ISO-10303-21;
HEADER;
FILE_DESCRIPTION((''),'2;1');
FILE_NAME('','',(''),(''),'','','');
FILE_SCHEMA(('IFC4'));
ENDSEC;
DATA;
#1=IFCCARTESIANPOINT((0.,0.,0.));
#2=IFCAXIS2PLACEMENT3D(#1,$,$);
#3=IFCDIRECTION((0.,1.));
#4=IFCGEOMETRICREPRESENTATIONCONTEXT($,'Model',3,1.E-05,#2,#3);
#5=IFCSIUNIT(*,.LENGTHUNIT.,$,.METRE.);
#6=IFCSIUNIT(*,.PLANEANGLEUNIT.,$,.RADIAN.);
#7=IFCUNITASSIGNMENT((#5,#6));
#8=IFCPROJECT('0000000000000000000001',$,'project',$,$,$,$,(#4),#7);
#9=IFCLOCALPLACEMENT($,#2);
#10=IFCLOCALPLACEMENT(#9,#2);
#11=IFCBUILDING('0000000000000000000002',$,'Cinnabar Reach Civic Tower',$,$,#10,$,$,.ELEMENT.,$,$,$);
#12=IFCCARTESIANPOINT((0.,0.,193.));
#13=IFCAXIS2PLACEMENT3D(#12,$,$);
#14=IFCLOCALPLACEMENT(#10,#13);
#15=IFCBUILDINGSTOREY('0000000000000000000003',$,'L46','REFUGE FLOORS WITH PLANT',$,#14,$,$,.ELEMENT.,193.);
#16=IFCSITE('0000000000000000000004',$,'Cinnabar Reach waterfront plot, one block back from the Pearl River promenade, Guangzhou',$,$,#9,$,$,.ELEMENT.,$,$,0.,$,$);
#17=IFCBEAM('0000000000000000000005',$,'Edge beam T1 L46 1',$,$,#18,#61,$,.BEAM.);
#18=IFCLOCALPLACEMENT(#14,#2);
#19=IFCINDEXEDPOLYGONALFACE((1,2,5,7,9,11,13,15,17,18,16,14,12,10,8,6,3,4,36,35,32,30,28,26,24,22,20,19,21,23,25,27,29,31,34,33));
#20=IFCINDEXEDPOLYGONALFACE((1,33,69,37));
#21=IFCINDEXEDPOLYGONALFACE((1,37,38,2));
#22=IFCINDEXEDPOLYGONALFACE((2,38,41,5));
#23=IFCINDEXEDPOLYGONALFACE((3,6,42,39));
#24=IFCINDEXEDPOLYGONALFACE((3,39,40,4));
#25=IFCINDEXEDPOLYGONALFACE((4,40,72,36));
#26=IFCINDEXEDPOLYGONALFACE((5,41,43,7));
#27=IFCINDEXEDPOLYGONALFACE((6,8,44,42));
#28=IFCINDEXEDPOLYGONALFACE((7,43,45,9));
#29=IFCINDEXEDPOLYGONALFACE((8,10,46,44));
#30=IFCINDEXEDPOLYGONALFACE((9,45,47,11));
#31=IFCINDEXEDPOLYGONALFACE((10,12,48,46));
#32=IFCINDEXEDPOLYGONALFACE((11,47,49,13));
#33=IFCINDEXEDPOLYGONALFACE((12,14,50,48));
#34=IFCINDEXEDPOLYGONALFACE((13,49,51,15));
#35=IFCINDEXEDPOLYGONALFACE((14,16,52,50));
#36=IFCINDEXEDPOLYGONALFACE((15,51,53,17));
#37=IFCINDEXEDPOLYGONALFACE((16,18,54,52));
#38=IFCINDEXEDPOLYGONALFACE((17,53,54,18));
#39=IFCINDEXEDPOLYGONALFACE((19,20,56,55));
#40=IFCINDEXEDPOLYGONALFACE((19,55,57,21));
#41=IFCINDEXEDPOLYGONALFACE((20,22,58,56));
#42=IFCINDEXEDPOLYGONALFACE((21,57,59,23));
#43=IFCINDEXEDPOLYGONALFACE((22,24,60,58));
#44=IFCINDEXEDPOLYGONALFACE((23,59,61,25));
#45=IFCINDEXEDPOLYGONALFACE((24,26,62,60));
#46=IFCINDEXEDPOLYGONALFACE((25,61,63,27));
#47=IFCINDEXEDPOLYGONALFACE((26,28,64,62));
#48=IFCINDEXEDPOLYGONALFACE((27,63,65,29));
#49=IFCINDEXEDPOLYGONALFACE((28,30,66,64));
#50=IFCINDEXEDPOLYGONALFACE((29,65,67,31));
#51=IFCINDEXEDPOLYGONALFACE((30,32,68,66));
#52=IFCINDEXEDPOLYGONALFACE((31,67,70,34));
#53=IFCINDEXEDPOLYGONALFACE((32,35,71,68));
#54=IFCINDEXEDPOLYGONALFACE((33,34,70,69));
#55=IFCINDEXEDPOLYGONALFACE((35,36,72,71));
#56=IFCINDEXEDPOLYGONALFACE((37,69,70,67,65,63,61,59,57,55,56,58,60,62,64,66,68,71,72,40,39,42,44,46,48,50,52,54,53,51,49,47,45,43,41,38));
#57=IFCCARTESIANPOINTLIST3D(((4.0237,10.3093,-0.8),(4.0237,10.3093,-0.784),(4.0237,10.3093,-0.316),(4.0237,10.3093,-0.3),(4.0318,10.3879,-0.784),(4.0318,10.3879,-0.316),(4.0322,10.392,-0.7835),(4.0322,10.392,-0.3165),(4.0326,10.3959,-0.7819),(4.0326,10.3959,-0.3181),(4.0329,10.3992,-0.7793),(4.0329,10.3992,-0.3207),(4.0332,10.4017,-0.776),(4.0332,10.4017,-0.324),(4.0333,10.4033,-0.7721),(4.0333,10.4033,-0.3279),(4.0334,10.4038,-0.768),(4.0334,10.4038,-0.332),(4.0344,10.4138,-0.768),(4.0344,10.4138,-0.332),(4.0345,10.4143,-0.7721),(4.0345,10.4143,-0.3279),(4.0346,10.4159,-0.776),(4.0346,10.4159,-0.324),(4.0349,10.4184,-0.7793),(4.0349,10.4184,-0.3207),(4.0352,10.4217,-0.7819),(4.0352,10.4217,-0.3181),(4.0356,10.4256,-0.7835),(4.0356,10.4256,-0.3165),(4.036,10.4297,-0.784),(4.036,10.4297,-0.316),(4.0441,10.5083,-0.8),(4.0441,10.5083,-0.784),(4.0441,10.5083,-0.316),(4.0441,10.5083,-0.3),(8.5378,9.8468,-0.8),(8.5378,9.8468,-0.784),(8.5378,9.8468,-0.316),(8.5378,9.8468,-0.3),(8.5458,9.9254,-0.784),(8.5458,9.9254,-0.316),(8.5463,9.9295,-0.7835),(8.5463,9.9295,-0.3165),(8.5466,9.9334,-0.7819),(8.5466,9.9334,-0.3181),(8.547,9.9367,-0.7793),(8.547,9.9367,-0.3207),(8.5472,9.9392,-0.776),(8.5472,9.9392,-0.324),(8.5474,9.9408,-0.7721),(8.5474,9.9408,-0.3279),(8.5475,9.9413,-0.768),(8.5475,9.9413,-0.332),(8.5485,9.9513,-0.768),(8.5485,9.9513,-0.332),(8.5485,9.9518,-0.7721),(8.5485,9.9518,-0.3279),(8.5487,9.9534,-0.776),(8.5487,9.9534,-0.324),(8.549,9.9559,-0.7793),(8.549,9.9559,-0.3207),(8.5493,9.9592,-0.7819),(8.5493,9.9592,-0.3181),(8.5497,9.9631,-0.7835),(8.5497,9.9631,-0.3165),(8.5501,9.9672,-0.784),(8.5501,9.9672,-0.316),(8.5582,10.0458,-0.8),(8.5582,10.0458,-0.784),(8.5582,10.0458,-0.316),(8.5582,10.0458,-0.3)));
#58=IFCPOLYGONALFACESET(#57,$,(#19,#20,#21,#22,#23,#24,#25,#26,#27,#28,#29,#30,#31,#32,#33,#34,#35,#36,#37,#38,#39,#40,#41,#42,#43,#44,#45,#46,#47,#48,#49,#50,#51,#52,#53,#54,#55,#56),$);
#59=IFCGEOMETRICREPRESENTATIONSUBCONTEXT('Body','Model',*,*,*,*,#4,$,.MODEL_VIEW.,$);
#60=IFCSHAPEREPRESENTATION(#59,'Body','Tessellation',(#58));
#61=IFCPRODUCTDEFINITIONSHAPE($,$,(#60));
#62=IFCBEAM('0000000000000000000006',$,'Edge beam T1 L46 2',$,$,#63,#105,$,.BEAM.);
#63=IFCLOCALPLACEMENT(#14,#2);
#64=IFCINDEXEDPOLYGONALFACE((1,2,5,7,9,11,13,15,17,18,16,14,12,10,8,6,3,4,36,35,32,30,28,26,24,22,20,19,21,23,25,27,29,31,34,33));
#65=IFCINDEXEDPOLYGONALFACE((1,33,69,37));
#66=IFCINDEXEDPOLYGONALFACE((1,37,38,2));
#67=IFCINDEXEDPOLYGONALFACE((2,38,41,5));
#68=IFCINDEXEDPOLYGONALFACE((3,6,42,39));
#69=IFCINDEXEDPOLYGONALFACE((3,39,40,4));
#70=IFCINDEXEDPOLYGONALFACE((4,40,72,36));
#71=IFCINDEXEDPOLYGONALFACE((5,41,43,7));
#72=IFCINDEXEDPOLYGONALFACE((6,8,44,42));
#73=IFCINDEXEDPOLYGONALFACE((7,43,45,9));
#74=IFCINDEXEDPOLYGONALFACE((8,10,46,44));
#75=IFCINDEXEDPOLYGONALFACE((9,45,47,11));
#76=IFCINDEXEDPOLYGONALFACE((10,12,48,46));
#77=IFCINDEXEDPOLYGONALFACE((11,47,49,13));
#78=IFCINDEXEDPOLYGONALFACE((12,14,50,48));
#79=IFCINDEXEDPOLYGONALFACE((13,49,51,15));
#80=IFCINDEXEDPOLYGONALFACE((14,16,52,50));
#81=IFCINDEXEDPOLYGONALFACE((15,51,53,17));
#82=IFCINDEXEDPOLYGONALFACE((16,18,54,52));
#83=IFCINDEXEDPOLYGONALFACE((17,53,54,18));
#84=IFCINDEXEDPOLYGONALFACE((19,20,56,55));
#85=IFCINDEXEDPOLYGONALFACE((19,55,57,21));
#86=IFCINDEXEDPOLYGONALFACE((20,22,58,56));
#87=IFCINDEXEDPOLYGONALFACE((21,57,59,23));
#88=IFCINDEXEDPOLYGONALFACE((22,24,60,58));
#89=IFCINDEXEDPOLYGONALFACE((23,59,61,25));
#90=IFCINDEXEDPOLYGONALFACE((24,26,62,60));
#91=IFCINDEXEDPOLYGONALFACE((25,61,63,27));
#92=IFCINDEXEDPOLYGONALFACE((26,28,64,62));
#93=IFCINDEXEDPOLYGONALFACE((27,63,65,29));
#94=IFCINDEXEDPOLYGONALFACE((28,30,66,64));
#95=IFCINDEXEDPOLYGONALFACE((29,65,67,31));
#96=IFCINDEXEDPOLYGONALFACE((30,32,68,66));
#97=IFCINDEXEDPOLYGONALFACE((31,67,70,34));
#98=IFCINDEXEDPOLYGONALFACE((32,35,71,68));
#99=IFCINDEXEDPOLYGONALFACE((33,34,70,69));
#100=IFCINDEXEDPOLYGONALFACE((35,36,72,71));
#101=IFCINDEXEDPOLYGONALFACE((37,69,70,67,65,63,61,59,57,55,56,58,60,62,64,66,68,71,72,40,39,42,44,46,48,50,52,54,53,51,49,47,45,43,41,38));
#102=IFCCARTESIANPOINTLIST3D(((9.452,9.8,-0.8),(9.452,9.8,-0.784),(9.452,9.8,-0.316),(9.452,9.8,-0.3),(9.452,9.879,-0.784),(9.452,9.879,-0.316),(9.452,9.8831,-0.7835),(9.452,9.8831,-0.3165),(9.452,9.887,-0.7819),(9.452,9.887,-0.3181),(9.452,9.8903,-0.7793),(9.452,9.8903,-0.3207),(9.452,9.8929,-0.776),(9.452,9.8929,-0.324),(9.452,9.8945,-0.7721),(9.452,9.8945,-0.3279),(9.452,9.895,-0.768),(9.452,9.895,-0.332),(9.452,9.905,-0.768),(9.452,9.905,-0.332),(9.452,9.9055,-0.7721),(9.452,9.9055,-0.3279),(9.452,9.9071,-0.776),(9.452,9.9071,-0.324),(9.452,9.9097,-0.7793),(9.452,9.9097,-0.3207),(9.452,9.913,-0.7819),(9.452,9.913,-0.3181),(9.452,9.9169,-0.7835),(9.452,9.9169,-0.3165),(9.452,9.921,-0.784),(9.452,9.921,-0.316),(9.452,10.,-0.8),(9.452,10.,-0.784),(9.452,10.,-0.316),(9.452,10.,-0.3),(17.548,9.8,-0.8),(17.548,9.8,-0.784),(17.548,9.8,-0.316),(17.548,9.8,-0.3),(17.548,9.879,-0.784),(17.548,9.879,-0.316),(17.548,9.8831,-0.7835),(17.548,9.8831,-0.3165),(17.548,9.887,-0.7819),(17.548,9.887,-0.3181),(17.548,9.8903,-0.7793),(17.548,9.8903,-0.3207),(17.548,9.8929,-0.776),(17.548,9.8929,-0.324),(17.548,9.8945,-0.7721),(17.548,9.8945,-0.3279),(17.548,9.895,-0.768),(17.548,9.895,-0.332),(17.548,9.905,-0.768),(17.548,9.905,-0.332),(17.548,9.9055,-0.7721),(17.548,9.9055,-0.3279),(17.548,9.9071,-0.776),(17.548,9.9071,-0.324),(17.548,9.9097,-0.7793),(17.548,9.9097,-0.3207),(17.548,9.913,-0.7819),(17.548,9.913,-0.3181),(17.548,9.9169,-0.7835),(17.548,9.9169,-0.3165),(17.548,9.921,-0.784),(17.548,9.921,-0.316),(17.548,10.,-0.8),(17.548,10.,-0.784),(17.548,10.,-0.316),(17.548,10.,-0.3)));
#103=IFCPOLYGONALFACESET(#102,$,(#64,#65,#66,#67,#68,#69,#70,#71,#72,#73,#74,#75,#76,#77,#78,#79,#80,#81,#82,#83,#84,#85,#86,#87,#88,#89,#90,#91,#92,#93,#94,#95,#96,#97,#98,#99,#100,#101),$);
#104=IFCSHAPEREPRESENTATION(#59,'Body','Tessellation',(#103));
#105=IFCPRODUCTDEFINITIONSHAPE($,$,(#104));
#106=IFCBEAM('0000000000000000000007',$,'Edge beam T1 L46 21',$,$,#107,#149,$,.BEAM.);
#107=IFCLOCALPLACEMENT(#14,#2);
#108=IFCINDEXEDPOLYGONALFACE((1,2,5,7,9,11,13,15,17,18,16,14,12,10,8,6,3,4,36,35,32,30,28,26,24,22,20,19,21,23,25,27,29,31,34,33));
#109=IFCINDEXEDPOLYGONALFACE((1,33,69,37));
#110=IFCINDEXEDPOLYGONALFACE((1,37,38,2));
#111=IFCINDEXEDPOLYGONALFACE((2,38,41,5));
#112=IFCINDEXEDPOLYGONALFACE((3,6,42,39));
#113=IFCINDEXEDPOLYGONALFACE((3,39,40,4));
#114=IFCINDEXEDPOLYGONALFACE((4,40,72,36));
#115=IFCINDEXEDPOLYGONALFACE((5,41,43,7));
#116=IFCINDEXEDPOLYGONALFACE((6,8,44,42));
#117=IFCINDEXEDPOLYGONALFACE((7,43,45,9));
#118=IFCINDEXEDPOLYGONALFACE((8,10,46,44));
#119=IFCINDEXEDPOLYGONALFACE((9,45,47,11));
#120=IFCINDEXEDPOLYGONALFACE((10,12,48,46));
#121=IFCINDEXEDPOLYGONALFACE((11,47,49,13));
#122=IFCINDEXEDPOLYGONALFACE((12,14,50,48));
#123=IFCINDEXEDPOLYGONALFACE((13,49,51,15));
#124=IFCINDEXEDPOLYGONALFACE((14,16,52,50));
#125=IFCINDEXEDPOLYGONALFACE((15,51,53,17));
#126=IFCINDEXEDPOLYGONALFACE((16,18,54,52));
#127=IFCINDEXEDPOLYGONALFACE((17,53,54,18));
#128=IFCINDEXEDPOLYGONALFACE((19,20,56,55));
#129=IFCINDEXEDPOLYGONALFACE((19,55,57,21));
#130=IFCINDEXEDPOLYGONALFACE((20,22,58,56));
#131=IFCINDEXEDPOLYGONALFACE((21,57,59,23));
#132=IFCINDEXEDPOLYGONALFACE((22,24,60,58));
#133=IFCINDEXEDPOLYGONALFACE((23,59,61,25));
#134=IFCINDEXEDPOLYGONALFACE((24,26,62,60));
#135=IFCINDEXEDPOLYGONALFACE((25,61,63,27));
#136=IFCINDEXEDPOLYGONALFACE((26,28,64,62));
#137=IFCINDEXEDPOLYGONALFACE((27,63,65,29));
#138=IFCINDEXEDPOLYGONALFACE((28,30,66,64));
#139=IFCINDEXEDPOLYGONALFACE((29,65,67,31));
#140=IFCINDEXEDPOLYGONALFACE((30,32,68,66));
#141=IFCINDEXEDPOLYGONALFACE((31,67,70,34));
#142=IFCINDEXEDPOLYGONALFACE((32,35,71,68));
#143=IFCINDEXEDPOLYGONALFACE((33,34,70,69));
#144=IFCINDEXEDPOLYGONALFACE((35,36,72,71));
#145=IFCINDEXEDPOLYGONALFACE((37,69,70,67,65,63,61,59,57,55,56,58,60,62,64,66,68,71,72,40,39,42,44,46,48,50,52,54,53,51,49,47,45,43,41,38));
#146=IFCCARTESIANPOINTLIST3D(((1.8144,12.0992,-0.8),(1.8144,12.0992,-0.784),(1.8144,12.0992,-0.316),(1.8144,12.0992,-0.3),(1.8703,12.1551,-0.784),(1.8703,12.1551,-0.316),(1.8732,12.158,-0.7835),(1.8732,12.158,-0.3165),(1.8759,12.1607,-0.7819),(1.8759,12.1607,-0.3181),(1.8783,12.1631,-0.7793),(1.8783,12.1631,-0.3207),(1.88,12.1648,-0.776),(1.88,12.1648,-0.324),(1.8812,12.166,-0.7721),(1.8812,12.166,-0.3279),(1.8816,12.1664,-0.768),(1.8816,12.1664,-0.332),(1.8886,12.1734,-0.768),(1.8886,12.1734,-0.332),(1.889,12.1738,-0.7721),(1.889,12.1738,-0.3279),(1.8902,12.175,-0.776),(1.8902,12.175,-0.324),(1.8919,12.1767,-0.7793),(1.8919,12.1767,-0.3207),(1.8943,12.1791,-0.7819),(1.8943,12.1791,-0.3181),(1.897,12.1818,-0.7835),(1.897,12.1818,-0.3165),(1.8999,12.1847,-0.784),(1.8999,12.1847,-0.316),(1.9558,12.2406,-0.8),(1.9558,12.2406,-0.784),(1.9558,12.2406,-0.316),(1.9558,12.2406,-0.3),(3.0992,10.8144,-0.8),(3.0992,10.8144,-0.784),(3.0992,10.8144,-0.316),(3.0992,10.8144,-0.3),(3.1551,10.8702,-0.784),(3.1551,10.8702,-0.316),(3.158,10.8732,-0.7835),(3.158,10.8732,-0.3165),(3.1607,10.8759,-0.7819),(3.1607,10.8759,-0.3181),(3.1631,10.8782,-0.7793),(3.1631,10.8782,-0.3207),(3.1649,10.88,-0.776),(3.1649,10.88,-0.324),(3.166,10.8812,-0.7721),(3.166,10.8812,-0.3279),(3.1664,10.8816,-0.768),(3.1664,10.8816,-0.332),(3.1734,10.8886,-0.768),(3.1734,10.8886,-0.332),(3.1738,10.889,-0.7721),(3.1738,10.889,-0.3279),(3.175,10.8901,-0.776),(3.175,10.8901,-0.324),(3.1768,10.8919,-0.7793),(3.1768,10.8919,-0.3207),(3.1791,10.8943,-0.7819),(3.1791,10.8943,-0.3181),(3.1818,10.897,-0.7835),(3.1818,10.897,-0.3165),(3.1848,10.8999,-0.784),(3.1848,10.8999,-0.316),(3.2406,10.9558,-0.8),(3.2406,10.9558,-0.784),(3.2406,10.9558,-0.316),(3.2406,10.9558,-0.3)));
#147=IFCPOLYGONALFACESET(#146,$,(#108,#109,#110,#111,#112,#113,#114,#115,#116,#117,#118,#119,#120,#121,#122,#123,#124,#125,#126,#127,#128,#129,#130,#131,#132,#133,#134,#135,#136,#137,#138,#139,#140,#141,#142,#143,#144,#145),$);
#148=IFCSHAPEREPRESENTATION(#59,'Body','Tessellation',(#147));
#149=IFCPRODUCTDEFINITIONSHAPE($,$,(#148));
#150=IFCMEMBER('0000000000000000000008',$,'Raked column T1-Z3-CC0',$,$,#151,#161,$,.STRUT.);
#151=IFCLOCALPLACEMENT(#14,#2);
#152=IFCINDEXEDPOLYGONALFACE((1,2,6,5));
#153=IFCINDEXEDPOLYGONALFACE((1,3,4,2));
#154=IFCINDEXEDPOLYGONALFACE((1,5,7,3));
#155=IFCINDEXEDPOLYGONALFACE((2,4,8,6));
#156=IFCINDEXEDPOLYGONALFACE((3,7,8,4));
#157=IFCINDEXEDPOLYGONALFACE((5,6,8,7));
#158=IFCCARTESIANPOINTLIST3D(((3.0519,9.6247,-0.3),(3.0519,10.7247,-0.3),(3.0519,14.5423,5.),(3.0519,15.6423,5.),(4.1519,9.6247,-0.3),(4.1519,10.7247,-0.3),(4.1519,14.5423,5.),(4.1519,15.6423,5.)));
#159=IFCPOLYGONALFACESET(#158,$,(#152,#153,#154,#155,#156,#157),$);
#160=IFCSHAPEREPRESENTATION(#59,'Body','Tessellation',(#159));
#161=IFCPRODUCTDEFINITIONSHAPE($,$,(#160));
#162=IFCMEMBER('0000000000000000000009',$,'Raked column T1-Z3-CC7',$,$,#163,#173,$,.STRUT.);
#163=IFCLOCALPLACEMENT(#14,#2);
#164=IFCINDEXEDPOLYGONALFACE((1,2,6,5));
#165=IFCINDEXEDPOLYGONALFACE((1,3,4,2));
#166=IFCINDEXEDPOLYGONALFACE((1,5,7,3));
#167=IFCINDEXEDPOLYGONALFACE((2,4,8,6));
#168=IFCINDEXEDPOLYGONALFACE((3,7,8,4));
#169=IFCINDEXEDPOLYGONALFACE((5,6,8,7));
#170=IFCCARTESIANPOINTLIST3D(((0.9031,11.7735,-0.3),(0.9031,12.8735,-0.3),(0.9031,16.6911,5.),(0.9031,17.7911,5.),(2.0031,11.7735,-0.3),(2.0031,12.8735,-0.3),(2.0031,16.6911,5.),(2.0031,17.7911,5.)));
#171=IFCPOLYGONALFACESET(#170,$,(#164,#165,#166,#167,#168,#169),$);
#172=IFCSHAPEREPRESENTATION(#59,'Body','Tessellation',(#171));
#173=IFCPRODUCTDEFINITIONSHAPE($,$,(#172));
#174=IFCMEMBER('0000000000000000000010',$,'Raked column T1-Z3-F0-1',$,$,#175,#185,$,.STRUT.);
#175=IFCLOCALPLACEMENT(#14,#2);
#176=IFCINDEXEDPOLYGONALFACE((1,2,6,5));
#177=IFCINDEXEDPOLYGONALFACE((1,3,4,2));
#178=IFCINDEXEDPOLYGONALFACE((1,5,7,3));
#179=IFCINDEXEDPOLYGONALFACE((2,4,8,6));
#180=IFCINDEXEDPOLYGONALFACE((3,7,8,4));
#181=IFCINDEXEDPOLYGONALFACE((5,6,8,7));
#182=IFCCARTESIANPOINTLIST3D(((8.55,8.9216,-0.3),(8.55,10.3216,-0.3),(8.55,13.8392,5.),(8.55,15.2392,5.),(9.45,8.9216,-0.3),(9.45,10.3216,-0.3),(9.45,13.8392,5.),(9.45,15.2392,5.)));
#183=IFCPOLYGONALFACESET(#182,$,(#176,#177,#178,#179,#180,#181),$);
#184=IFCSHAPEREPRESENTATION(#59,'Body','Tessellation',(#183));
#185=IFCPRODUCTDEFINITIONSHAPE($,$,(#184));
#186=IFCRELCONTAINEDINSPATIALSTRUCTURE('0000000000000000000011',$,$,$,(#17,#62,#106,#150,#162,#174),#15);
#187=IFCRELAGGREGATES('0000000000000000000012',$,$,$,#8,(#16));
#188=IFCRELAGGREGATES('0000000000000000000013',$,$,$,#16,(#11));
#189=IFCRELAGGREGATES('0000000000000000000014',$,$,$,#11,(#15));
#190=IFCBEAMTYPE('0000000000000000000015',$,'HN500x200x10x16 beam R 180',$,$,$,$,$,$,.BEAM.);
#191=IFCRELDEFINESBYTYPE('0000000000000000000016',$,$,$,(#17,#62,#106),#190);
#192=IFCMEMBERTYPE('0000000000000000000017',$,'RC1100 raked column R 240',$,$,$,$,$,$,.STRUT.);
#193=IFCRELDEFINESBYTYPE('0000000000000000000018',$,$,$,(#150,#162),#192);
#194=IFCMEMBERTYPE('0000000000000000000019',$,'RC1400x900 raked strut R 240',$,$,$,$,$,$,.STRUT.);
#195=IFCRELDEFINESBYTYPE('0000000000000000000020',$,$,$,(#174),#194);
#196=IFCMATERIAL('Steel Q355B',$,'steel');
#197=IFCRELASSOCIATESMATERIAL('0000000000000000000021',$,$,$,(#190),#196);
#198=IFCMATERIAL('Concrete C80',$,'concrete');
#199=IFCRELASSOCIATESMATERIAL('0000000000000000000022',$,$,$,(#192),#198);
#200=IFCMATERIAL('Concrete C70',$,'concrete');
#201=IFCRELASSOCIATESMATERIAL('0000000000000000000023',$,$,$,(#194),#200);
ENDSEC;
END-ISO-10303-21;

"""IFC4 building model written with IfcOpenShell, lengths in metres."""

from ifc_helpers import new_model, si_unit, direction, frame, origin, origin_2d, place, context, subcontext, project, spatial, rectangle, i_section, extrude, material, material_profile, profile_set, type_object, element, save


model = new_model("IFC4")

# Units and contexts
model_context = context("Model", 3, precision=1e-05, world=origin(), true_north=direction((0.0, 1.0)))
body_context = subcontext(model_context, "Body", "Model", "MODEL_VIEW")
ifc_project = project(units=[si_unit("LENGTHUNIT", "METRE"), si_unit("PLANEANGLEUNIT", "RADIAN")], contexts=[model_context])

# Site, building, storey
site_placement = place(None, origin())
site = spatial("IfcSite", under=ifc_project, at=site_placement, Name="Cinnabar Reach waterfront plot, one block back from the Pearl River promenade, Guangzhou", CompositionType="ELEMENT", RefElevation=0.0)
building_placement = place(site_placement, origin())
building = spatial("IfcBuilding", under=site, at=building_placement, Name="Cinnabar Reach Civic Tower", CompositionType="ELEMENT")
storey_placement = place(building_placement, frame((0.0, 0.0, 193.0)))
storey = spatial("IfcBuildingStorey", under=building, at=storey_placement, Name="L46", Description="REFUGE FLOORS WITH PLANT", CompositionType="ELEMENT", Elevation=193.0)

# Shared definitions
ifc_material_1 = material(Name="Concrete C80", Category="concrete")
ifc_material_2 = material(Name="Concrete C70", Category="concrete")

# Beams
ifc_material_3 = material(Name="Steel Q355B", Category="steel")
ifc_material_profile_1 = material_profile(ifc_material_3, i_section(OverallWidth=0.2, OverallDepth=0.5, WebThickness=0.01, FlangeThickness=0.016, FilletRadius=0.016, at=origin_2d()), Name="HN500x200x10x16")
ifc_profile_set_1 = profile_set([ifc_material_profile_1], Name="Steel Q355B")
beam_type_1 = type_object("IfcBeamType", Name="HN500x200x10x16 beam R 180", PredefinedType="BEAM", material=ifc_profile_set_1)
beam_1_placement = place(storey_placement, frame((4.0339, 10.4088, -0.55), z_axis=(0.994792, -0.101923, 0.0), x_axis=(0.101923, 0.994792, 0.0)))
element("IfcBeam", 1, at=beam_1_placement, inside=storey, type_object=beam_type_1, Name="Edge beam T1 L46 1", PredefinedType="BEAM", context=body_context, shape_type="SweptSolid", body=[
    extrude(i_section(OverallWidth=0.2, OverallDepth=0.5, WebThickness=0.01, FlangeThickness=0.016, FilletRadius=0.016, at=origin_2d()), origin(), (0.0, 0.0, 1.0), 4.5377),
])
beam_2_placement = place(storey_placement, frame((9.452, 9.9, -0.55), z_axis=(1.0, 0.0, 0.0), x_axis=(0.0, 1.0, 0.0)))
element("IfcBeam", 2, at=beam_2_placement, inside=storey, type_object=beam_type_1, Name="Edge beam T1 L46 2", PredefinedType="BEAM", context=body_context, shape_type="SweptSolid", body=[
    extrude(i_section(OverallWidth=0.2, OverallDepth=0.5, WebThickness=0.01, FlangeThickness=0.016, FilletRadius=0.016, at=origin_2d()), origin(), (0.0, 0.0, 1.0), 8.096),
])
beam_3_placement = place(storey_placement, frame((1.8851, 12.1699, -0.55), z_axis=(0.707107, -0.707107, 0.0), x_axis=(0.707107, 0.707107, 0.0)))
element("IfcBeam", 3, at=beam_3_placement, inside=storey, type_object=beam_type_1, Name="Edge beam T1 L46 21", PredefinedType="BEAM", context=body_context, shape_type="SweptSolid", body=[
    extrude(i_section(OverallWidth=0.2, OverallDepth=0.5, WebThickness=0.01, FlangeThickness=0.016, FilletRadius=0.016, at=origin_2d()), origin(), (0.0, 0.0, 1.0), 1.817),
])

# Members
ifc_material_profile_2 = material_profile(ifc_material_1, rectangle(XDim=1.1, YDim=1.1, at=origin_2d()), Name="RC1100")
ifc_profile_set_2 = profile_set([ifc_material_profile_2], Name="Concrete C80")
member_type_1 = type_object("IfcMemberType", Name="RC1100 raked column R 240", PredefinedType="STRUT", material=ifc_profile_set_2)
for number, where, z_axis, x_axis, name in (
    (4, (3.6019, 10.1747, -0.3), (0.0, 0.0, 1.0), (1.0, 0.0, 0.0), "Raked column T1-Z3-CC0"),
    (5, (1.4531, 12.3235, -0.3), (0.0, 0.0, 1.0), (1.0, 0.0, 0.0), "Raked column T1-Z3-CC7"),
):
    element("IfcMember", number, at=place(storey_placement, frame(where, z_axis=z_axis, x_axis=x_axis)), inside=storey, type_object=member_type_1, Name=name, PredefinedType="STRUT", context=body_context, shape_type="SweptSolid", body=[
        extrude(rectangle(XDim=1.1, YDim=1.1, at=origin_2d()), origin(), (0.0, 0.680167, 0.733057), 7.23),
    ])
ifc_material_profile_3 = material_profile(ifc_material_2, rectangle(XDim=1.4, YDim=0.9, at=origin_2d()), Name="RC1400x900")
ifc_profile_set_3 = profile_set([ifc_material_profile_3], Name="Concrete C70")
member_type_2 = type_object("IfcMemberType", Name="RC1400x900 raked strut R 240", PredefinedType="STRUT", material=ifc_profile_set_3)
member_placement = place(storey_placement, frame((9.0, 9.6216, -0.3), z_axis=(0.0, 0.0, 1.0), x_axis=(0.0, 1.0, 0.0)))
element("IfcMember", 6, at=member_placement, inside=storey, type_object=member_type_2, Name="Raked column T1-Z3-F0-1", PredefinedType="STRUT", context=body_context, shape_type="SweptSolid", body=[
    extrude(rectangle(XDim=1.4, YDim=0.9, at=origin_2d()), origin(), (0.680167, 0.0, 0.733057), 7.23),
])

save(model, "model.ifc")
